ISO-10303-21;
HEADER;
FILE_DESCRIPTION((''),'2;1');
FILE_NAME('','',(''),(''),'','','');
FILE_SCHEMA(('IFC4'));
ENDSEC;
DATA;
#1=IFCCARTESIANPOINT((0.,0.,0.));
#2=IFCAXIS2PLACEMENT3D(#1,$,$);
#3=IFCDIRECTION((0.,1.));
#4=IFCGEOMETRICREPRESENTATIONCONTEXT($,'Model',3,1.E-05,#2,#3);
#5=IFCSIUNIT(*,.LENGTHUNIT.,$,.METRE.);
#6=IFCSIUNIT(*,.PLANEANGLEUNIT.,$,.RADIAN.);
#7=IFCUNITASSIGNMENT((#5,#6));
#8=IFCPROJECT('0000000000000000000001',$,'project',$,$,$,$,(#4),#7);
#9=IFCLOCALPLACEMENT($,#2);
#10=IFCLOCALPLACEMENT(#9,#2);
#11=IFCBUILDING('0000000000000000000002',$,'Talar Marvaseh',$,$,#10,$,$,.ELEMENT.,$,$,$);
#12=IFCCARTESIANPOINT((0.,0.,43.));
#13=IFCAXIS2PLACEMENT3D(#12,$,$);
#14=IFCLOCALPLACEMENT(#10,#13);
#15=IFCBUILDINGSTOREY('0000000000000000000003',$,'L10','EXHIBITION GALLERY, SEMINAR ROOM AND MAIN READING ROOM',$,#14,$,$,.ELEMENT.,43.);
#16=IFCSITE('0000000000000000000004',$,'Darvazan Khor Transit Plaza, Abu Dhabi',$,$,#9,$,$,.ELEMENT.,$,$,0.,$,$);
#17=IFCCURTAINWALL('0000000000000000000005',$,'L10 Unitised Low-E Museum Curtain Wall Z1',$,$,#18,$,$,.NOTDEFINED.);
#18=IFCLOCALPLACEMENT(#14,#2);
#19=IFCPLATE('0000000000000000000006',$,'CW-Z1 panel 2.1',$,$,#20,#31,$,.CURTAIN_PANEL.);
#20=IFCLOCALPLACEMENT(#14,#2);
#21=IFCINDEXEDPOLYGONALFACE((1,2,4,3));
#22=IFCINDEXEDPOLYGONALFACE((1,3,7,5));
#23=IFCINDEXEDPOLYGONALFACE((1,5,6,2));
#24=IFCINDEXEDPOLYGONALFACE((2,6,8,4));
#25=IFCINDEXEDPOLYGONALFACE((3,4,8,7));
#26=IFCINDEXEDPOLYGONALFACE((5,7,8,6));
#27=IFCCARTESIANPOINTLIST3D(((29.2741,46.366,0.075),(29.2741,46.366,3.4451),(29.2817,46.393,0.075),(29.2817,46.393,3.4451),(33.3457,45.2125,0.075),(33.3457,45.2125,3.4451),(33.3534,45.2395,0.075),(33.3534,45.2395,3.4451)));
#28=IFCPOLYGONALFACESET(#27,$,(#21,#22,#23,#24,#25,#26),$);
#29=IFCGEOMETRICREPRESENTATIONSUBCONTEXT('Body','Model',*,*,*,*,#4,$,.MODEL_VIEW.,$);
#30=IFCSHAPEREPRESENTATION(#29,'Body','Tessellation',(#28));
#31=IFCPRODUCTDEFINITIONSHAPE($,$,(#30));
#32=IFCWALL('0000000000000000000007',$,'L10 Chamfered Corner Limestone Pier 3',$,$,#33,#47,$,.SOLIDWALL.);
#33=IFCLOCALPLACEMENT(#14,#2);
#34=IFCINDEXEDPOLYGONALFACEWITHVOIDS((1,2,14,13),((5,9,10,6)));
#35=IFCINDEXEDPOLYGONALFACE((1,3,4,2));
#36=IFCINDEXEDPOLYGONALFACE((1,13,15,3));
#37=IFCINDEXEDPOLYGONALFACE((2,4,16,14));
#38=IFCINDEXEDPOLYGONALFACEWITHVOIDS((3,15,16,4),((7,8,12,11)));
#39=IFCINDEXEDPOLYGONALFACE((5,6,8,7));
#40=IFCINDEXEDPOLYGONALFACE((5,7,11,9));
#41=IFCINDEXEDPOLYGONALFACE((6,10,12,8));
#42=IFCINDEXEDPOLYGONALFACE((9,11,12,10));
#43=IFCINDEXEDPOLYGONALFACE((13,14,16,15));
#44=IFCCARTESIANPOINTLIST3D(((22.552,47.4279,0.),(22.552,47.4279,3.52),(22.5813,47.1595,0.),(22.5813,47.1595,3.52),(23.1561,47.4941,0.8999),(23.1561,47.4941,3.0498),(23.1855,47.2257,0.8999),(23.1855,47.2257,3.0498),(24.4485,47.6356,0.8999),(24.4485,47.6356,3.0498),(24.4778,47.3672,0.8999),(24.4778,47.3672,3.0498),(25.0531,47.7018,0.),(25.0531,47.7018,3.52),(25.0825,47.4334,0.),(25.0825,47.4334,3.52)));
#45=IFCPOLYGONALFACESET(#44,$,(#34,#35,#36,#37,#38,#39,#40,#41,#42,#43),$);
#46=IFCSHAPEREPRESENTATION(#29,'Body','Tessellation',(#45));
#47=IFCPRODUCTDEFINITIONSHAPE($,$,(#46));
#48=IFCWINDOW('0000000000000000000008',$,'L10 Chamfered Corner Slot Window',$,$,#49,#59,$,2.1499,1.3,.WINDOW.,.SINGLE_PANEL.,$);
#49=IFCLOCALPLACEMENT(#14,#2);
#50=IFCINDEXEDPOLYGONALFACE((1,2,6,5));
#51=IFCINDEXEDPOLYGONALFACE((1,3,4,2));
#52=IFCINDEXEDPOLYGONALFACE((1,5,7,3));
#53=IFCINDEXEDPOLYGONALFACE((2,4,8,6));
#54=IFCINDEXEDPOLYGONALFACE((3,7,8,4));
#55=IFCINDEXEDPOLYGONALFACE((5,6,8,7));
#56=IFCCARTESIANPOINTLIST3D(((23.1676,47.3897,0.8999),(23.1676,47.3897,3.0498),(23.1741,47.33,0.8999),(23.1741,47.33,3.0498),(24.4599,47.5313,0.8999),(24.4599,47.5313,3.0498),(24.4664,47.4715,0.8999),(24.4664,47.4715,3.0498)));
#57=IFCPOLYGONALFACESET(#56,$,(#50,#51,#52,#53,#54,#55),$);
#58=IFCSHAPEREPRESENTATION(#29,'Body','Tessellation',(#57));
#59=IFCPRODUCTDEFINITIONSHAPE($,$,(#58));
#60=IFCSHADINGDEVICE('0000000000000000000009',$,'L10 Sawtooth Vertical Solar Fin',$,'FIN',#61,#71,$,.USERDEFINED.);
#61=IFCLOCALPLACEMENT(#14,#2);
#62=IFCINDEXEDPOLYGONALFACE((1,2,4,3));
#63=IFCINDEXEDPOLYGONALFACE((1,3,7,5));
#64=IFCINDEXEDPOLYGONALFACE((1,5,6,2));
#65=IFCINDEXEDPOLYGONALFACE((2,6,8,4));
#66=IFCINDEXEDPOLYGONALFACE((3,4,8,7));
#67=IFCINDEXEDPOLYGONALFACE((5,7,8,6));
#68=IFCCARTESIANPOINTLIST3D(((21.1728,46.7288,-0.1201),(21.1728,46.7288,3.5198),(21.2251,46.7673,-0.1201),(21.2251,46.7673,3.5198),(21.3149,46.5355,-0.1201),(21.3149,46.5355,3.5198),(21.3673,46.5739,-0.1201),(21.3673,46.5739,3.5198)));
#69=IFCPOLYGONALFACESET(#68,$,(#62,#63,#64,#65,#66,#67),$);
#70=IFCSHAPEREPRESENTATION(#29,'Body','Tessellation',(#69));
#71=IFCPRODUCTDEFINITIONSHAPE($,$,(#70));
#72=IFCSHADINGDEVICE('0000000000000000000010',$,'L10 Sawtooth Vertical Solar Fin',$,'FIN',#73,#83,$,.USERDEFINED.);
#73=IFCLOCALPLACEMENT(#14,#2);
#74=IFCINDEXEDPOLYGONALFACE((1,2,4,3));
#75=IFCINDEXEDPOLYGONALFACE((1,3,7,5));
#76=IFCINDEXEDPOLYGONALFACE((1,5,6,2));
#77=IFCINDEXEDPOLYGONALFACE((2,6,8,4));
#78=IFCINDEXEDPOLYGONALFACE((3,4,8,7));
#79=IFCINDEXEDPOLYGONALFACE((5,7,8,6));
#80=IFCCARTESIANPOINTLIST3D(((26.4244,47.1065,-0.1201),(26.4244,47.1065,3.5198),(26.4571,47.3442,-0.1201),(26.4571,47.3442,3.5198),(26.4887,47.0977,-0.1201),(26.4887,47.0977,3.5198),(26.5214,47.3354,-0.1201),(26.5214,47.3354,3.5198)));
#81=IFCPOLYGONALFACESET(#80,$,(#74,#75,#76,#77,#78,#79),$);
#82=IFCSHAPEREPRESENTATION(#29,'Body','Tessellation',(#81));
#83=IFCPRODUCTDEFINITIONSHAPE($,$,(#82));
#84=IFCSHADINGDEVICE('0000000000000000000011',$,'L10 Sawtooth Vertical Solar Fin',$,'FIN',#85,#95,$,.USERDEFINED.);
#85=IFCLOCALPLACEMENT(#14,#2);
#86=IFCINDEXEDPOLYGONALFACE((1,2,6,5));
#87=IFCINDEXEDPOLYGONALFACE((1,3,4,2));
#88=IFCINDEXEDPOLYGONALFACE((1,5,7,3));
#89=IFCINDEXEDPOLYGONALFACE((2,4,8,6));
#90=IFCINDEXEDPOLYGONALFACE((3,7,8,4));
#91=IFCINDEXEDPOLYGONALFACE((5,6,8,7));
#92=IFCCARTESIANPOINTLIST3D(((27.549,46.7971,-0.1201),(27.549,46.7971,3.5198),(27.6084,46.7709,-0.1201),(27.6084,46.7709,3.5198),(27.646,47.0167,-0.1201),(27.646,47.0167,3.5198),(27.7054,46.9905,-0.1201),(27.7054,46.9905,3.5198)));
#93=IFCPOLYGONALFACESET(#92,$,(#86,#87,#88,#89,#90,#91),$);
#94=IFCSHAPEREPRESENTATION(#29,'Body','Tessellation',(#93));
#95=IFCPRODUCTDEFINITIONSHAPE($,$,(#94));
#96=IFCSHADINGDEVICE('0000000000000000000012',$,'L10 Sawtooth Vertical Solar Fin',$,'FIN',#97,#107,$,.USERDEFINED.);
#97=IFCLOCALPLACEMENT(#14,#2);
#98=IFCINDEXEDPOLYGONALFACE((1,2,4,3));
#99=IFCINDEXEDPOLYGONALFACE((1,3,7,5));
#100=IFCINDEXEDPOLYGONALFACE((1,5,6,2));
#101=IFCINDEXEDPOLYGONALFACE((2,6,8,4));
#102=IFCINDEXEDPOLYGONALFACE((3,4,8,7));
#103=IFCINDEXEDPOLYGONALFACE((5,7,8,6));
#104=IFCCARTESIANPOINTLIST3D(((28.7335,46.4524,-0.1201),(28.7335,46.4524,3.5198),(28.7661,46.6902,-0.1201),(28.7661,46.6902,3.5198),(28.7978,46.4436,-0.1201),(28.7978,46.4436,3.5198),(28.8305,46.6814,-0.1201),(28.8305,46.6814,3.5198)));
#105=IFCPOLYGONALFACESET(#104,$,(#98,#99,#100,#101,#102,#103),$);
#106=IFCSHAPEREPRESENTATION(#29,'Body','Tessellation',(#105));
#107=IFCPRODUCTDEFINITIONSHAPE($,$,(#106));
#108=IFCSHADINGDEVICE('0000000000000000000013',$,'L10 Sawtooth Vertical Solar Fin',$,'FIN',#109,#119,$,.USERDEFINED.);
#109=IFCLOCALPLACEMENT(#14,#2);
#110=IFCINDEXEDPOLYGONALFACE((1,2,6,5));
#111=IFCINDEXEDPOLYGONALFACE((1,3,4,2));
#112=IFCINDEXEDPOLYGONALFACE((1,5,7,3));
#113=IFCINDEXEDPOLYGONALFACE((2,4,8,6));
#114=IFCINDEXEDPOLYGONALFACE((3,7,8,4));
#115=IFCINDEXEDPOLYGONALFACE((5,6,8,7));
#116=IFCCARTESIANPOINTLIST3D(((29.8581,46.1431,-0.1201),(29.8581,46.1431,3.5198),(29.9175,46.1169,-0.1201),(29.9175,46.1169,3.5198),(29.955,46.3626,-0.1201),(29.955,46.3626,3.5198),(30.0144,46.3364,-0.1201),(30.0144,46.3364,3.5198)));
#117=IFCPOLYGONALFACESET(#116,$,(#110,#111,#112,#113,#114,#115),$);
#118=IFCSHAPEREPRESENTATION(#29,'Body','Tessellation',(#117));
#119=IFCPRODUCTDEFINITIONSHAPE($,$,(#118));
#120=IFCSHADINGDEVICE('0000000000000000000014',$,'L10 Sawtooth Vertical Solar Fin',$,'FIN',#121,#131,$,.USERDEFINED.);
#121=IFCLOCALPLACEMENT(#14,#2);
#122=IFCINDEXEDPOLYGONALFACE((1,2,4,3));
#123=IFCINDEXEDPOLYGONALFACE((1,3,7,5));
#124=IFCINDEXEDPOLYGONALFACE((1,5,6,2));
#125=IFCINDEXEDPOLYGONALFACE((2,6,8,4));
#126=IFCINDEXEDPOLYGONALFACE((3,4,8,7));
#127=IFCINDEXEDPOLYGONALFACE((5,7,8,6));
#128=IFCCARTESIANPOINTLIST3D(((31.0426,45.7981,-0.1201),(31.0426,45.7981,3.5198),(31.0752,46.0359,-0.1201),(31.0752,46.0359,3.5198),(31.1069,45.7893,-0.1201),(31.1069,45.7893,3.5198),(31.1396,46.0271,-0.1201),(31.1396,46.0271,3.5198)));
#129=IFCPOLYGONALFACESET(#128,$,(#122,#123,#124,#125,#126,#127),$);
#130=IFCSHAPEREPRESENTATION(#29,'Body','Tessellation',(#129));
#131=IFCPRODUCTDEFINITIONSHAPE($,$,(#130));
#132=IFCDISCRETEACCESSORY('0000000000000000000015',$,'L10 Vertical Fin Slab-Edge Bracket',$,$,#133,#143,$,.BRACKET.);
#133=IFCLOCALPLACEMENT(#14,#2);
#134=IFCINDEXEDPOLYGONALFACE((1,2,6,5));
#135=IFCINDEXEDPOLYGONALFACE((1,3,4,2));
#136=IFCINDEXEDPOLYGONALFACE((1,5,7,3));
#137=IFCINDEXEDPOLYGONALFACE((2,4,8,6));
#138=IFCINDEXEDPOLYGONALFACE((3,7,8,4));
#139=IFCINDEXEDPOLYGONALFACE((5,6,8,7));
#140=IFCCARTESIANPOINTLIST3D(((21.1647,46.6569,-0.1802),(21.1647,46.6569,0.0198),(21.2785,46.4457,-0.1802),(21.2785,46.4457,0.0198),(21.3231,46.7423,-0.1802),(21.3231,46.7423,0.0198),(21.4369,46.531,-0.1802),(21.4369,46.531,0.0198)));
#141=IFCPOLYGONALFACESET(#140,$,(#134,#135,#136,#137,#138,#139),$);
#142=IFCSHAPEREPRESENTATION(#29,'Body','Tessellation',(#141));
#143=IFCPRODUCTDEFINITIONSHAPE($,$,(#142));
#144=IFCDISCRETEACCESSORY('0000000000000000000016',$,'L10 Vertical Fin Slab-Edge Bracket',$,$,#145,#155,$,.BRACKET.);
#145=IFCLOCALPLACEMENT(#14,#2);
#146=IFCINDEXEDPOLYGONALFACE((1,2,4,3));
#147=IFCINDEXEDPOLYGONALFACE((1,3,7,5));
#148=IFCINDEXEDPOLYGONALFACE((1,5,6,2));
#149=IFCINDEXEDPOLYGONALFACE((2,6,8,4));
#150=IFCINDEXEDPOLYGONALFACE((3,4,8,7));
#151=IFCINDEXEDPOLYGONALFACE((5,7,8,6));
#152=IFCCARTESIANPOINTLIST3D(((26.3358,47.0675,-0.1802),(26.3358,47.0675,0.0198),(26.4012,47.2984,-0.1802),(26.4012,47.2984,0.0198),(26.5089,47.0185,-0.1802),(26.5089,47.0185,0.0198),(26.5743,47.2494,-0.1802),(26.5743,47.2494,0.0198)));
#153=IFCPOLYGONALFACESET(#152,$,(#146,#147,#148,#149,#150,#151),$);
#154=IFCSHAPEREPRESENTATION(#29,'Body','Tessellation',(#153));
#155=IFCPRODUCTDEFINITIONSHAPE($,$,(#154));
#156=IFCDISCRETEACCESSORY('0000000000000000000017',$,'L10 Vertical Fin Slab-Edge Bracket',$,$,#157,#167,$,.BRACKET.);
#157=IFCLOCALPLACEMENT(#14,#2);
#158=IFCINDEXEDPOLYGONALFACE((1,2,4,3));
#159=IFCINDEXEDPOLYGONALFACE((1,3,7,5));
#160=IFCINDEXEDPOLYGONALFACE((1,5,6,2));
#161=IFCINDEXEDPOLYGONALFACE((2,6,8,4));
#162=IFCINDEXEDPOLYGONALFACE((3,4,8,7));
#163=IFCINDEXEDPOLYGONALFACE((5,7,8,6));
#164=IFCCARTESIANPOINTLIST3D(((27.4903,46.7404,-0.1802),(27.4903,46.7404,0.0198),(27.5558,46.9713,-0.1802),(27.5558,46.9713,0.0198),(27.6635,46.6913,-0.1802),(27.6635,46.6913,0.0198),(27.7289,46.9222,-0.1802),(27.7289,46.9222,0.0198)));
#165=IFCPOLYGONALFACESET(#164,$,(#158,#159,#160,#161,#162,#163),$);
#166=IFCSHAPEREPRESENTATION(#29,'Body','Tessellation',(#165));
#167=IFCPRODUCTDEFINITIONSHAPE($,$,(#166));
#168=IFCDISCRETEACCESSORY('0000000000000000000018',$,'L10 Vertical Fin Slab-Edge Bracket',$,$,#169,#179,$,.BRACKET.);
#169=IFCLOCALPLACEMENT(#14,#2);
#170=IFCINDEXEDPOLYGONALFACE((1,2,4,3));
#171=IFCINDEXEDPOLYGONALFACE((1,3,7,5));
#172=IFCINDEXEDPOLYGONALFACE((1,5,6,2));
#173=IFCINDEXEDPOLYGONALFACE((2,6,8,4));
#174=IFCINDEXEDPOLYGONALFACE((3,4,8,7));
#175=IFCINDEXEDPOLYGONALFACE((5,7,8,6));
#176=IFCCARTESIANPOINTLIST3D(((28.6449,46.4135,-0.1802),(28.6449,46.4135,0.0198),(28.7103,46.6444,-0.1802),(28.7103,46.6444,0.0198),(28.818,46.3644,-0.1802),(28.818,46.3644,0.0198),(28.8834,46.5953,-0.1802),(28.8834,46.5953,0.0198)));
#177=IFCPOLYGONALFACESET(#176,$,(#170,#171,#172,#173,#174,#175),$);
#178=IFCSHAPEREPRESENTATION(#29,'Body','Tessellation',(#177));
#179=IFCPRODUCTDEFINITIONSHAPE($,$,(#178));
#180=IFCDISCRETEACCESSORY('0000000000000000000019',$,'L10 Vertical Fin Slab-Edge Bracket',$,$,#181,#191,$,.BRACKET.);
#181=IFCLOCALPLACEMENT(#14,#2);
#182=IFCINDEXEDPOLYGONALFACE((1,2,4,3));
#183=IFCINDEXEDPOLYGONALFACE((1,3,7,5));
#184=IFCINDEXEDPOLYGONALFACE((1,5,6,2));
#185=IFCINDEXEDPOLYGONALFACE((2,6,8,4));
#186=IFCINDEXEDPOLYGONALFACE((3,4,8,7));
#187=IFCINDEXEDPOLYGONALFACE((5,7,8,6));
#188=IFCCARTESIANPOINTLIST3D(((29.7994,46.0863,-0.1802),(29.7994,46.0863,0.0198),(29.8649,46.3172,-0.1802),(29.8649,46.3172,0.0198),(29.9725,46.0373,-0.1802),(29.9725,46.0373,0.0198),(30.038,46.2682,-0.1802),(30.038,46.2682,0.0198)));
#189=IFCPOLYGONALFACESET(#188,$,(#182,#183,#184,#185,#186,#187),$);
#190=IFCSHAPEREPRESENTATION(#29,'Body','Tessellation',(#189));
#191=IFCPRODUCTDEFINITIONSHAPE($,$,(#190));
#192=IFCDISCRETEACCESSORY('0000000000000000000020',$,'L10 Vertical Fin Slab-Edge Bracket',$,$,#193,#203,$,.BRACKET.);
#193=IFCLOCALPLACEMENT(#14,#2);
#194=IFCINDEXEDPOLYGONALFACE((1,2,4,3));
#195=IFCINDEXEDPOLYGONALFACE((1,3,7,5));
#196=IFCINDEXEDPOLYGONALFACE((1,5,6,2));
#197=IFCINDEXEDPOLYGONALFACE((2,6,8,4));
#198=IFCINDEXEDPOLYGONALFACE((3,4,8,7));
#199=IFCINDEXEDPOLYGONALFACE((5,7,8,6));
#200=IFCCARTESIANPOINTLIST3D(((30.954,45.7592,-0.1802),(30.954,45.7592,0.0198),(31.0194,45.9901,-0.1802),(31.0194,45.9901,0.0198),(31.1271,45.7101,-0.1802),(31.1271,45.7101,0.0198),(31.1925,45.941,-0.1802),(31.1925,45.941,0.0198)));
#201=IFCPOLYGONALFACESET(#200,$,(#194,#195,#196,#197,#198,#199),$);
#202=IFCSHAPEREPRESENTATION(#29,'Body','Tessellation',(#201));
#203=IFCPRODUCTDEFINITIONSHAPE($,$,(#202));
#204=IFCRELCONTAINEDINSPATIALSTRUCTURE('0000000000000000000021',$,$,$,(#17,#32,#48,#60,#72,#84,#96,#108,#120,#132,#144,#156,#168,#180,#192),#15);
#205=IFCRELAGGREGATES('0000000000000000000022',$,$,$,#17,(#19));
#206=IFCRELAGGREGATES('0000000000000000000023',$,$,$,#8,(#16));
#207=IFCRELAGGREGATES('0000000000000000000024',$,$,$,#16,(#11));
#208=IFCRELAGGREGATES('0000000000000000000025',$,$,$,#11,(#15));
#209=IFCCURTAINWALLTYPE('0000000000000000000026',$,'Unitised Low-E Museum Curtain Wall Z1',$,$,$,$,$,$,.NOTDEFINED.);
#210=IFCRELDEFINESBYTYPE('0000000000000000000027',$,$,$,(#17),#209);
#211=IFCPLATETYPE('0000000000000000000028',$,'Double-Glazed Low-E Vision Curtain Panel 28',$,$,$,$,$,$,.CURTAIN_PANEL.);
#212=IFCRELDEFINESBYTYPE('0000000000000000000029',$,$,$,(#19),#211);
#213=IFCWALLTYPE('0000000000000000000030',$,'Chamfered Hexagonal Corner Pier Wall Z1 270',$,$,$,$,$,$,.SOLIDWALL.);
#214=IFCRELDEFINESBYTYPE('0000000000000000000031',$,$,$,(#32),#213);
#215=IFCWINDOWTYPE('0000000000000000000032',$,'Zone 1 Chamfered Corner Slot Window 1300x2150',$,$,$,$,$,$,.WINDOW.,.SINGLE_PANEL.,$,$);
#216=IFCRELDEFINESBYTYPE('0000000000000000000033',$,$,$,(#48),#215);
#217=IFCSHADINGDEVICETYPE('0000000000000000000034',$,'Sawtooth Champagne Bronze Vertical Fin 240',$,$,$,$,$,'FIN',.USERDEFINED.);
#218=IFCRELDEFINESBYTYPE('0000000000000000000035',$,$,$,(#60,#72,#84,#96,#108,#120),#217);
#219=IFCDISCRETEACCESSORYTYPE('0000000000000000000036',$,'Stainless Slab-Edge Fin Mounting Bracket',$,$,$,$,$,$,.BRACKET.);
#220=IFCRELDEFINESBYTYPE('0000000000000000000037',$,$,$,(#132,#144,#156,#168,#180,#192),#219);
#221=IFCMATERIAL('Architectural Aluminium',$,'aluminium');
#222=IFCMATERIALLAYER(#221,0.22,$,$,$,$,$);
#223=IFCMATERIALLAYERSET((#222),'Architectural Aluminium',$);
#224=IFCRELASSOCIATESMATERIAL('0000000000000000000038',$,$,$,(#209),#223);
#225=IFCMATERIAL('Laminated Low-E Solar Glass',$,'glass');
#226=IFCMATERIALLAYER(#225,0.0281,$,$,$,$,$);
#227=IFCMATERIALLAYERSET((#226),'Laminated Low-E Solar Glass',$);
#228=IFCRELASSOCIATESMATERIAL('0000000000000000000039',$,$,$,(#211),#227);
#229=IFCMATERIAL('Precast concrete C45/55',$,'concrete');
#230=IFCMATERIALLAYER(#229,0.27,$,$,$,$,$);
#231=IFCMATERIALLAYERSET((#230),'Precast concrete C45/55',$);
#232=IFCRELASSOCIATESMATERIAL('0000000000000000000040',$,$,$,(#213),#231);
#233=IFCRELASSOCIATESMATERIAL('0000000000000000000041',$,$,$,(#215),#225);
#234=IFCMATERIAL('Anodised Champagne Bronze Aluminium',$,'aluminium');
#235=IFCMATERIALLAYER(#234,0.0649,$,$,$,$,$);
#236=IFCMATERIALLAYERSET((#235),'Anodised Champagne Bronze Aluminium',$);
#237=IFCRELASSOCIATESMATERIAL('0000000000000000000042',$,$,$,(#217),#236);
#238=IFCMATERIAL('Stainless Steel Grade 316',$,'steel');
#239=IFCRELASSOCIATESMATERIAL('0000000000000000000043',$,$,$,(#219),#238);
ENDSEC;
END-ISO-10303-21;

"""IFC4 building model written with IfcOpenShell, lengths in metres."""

from ifc_helpers import new_model, si_unit, direction, frame, frame_2d, origin, origin_2d, place, context, subcontext, project, spatial, rectangle, extrude, source, transform, mapped, material, layer, layer_set, type_object, type_shapes, element, fill, aggregate, save


model = new_model("IFC4")

# Units and contexts
model_context = context("Model", 3, precision=1e-05, world=origin(), true_north=direction((0.0, 1.0)))
body_context = subcontext(model_context, "Body", "Model", "MODEL_VIEW")
ifc_project = project(units=[si_unit("LENGTHUNIT", "METRE"), si_unit("PLANEANGLEUNIT", "RADIAN")], contexts=[model_context])

# Site, building, storey
site_placement = place(None, origin())
site = spatial("IfcSite", under=ifc_project, at=site_placement, Name="Darvazan Khor Transit Plaza, Abu Dhabi", CompositionType="ELEMENT", RefElevation=0.0)
building_placement = place(site_placement, origin())
building = spatial("IfcBuilding", under=site, at=building_placement, Name="Talar Marvaseh", CompositionType="ELEMENT")
storey_placement = place(building_placement, frame((0.0, 0.0, 43.0)))
storey = spatial("IfcBuildingStorey", under=building, at=storey_placement, Name="L10", Description="EXHIBITION GALLERY, SEMINAR ROOM AND MAIN READING ROOM", CompositionType="ELEMENT", Elevation=43.0)

# Shared definitions
ifc_material_1 = material(Name="Architectural Aluminium", Category="aluminium")
ifc_layer_1 = layer(ifc_material_1, 0.22)
ifc_layer_set_1 = layer_set([ifc_layer_1], Name="Architectural Aluminium")
curtain_wall_type = type_object("IfcCurtainWallType", Name="Unitised Low-E Museum Curtain Wall Z1", PredefinedType="NOTDEFINED", material=ifc_layer_set_1)

# Curtain wall
curtain_wall_1_placement = place(storey_placement, origin())
curtain_wall_1 = element("IfcCurtainWall", 1, at=curtain_wall_1_placement, inside=storey, type_object=curtain_wall_type, Name="L10 Unitised Low-E Museum Curtain Wall Z1", PredefinedType="NOTDEFINED")

# Plate
ifc_material_2 = material(Name="Laminated Low-E Solar Glass", Category="glass")
ifc_layer_2 = layer(ifc_material_2, 0.0281)
ifc_layer_set_2 = layer_set([ifc_layer_2], Name="Laminated Low-E Solar Glass")
plate_type = type_object("IfcPlateType", Name="Double-Glazed Low-E Vision Curtain Panel 28", PredefinedType="CURTAIN_PANEL", material=ifc_layer_set_2)
shared_shape_1 = source(origin(), body_context, "Body", "SweptSolid", [
    extrude(rectangle(XDim=4.2319, YDim=0.0281, at=origin_2d()), origin(), (0.0, 0.0, 1.0), 3.3701),
])
plate_1_placement = place(storey_placement, frame((31.3137, 45.8027, 0.075), z_axis=(0.0, 0.0, 1.0), x_axis=(0.962134, -0.272579, 0.0)))
plate_1 = element("IfcPlate", 2, at=plate_1_placement, type_object=plate_type, Name="CW-Z1 panel 2.1", PredefinedType="CURTAIN_PANEL", context=body_context, shape_type="MappedRepresentation", body=[
    mapped(shared_shape_1, transform((0.0, 0.0, 0.0), x_axis=(1.0, 0.0, 0.0), y_axis=(0.0, 1.0, 0.0), z_axis=(0.0, 0.0, 1.0), scale=1.0)),
])
aggregate(curtain_wall_1, [plate_1])

# Wall, opening, window
ifc_material_3 = material(Name="Precast concrete C45/55", Category="concrete")
ifc_layer_3 = layer(ifc_material_3, 0.27)
ifc_layer_set_3 = layer_set([ifc_layer_3], Name="Precast concrete C45/55")
wall_type = type_object("IfcWallType", Name="Chamfered Hexagonal Corner Pier Wall Z1 270", PredefinedType="SOLIDWALL", material=ifc_layer_set_3)
wall_placement = place(storey_placement, frame((22.5667, 47.2937, 0.0), z_axis=(0.0, 0.0, 1.0), x_axis=(0.994056, 0.108866, 0.0)))
wall = element("IfcWall", 3, at=wall_placement, inside=storey, type_object=wall_type, Name="L10 Chamfered Corner Limestone Pier 3", PredefinedType="SOLIDWALL", context=body_context, shape_type="SweptSolid", body=[
    extrude(rectangle(XDim=2.5161, YDim=0.27, at=frame_2d((1.2581, 0.0))), origin(), (0.0, 0.0, 1.0), 3.52),
])
opening_placement = place(wall_placement, frame((0.6079, 0.0, 0.8999)))
opening = element("IfcOpeningElement", 4, at=opening_placement, cuts=wall, PredefinedType="OPENING", context=body_context, shape_type="SweptSolid", body=[
    extrude(rectangle(XDim=1.3, YDim=2.1499, at=frame_2d((0.6499, 1.075))), frame((0.0, 0.145, 0.0), z_axis=(0.0, -1.0, 0.0), x_axis=(1.0, 0.0, 0.0)), (0.0, 0.0, 1.0), 0.29),
])
window_type = type_object("IfcWindowType", Name="Zone 1 Chamfered Corner Slot Window 1300x2150", PartitioningType="SINGLE_PANEL", PredefinedType="WINDOW", material=ifc_material_2)
shared_shape_2 = source(origin(), body_context, "Body", "SweptSolid", [
    extrude(rectangle(XDim=1.3, YDim=2.1499, at=frame_2d((0.6499, 1.075))), frame((0.0, 0.03, 0.0), z_axis=(0.0, -1.0, 0.0), x_axis=(1.0, 0.0, 0.0)), (0.0, 0.0, 1.0), 0.0601),
])
type_shapes(window_type, [shared_shape_2])
window_placement = place(opening_placement, origin())
window = element("IfcWindow", 5, at=window_placement, inside=storey, type_object=window_type, Name="L10 Chamfered Corner Slot Window", OverallHeight=2.1499, OverallWidth=1.3, PartitioningType="SINGLE_PANEL", PredefinedType="WINDOW", context=body_context, shape_type="MappedRepresentation", body=[
    mapped(shared_shape_2, transform((0.0, 0.0, 0.0), x_axis=(1.0, 0.0, 0.0), y_axis=(0.0, 1.0, 0.0), z_axis=(0.0, 0.0, 1.0), scale=1.0)),
])
fill(opening, window)

# Shading devices
ifc_material_4 = material(Name="Anodised Champagne Bronze Aluminium", Category="aluminium")
ifc_layer_4 = layer(ifc_material_4, 0.0649)
ifc_layer_set_4 = layer_set([ifc_layer_4], Name="Anodised Champagne Bronze Aluminium")
shading_device_type = type_object("IfcShadingDeviceType", Name="Sawtooth Champagne Bronze Vertical Fin 240", ElementType="FIN", PredefinedType="USERDEFINED", material=ifc_layer_set_4)
shared_shape_3 = source(origin(), body_context, "Body", "SweptSolid", [
    extrude(rectangle(XDim=0.24, YDim=0.0649, at=origin_2d()), origin(), (0.0, 0.0, 1.0), 3.6399),
])
type_shapes(shading_device_type, [shared_shape_3])
for number, where, z_axis, x_axis, name in (
    (6, (21.27, 46.6514, -0.1201), (0.0, 0.0, 1.0), (-0.592294, 0.805722, 0.0), "L10 Sawtooth Vertical Solar Fin"),
    (7, (26.4729, 47.2209, -0.1201), (0.0, 0.0, 1.0), (0.136061, 0.9907, 0.0), "L10 Sawtooth Vertical Solar Fin"),
    (8, (27.6272, 46.8938, -0.1201), (0.0, 0.0, 1.0), (0.403865, 0.914819, 0.0), "L10 Sawtooth Vertical Solar Fin"),
    (9, (28.782, 46.5669, -0.1201), (0.0, 0.0, 1.0), (0.136061, 0.9907, 0.0), "L10 Sawtooth Vertical Solar Fin"),
    (10, (29.9363, 46.2397, -0.1201), (0.0, 0.0, 1.0), (0.403865, 0.914819, 0.0), "L10 Sawtooth Vertical Solar Fin"),
    (11, (31.0911, 45.9126, -0.1201), (0.0, 0.0, 1.0), (0.136061, 0.9907, 0.0), "L10 Sawtooth Vertical Solar Fin"),
):
    element("IfcShadingDevice", number, at=place(storey_placement, frame(where, z_axis=z_axis, x_axis=x_axis)), inside=storey, type_object=shading_device_type, Name=name, ObjectType="FIN", PredefinedType="USERDEFINED", context=body_context, shape_type="MappedRepresentation", body=[
        mapped(shared_shape_3, transform((0.0, 0.0, 0.0), x_axis=(1.0, 0.0, 0.0), y_axis=(0.0, 1.0, 0.0), z_axis=(0.0, 0.0, 1.0), scale=1.0)),
    ])

# Discrete accessories
ifc_material_5 = material(Name="Stainless Steel Grade 316", Category="steel")
discrete_accessory_type = type_object("IfcDiscreteAccessoryType", Name="Stainless Slab-Edge Fin Mounting Bracket", PredefinedType="BRACKET", material=ifc_material_5)
shared_shape_4 = source(origin(), body_context, "Body", "SweptSolid", [
    extrude(rectangle(XDim=0.24, YDim=0.1799, at=origin_2d()), origin(), (0.0, 0.0, 1.0), 0.2),
])
type_shapes(discrete_accessory_type, [shared_shape_4])
for number, where, z_axis, x_axis, name in (
    (12, (21.3008, 46.594, -0.1802), (0.0, 0.0, 1.0), (-0.474396, 0.880312, 0.0), "L10 Vertical Fin Slab-Edge Bracket"),
    (13, (26.4551, 47.1584, -0.1802), (0.0, 0.0, 1.0), (0.272616, 0.962123, 0.0), "L10 Vertical Fin Slab-Edge Bracket"),
    (14, (27.6096, 46.8313, -0.1802), (0.0, 0.0, 1.0), (0.272616, 0.962123, 0.0), "L10 Vertical Fin Slab-Edge Bracket"),
    (15, (28.7642, 46.5044, -0.1802), (0.0, 0.0, 1.0), (0.272616, 0.962123, 0.0), "L10 Vertical Fin Slab-Edge Bracket"),
    (16, (29.9187, 46.1772, -0.1802), (0.0, 0.0, 1.0), (0.272616, 0.962123, 0.0), "L10 Vertical Fin Slab-Edge Bracket"),
    (17, (31.0732, 45.8501, -0.1802), (0.0, 0.0, 1.0), (0.272616, 0.962123, 0.0), "L10 Vertical Fin Slab-Edge Bracket"),
):
    element("IfcDiscreteAccessory", number, at=place(storey_placement, frame(where, z_axis=z_axis, x_axis=x_axis)), inside=storey, type_object=discrete_accessory_type, Name=name, PredefinedType="BRACKET", context=body_context, shape_type="MappedRepresentation", body=[
        mapped(shared_shape_4, transform((0.0, 0.0, 0.0), x_axis=(1.0, 0.0, 0.0), y_axis=(0.0, 1.0, 0.0), z_axis=(0.0, 0.0, 1.0), scale=1.0)),
    ])

save(model, "model.ifc")
